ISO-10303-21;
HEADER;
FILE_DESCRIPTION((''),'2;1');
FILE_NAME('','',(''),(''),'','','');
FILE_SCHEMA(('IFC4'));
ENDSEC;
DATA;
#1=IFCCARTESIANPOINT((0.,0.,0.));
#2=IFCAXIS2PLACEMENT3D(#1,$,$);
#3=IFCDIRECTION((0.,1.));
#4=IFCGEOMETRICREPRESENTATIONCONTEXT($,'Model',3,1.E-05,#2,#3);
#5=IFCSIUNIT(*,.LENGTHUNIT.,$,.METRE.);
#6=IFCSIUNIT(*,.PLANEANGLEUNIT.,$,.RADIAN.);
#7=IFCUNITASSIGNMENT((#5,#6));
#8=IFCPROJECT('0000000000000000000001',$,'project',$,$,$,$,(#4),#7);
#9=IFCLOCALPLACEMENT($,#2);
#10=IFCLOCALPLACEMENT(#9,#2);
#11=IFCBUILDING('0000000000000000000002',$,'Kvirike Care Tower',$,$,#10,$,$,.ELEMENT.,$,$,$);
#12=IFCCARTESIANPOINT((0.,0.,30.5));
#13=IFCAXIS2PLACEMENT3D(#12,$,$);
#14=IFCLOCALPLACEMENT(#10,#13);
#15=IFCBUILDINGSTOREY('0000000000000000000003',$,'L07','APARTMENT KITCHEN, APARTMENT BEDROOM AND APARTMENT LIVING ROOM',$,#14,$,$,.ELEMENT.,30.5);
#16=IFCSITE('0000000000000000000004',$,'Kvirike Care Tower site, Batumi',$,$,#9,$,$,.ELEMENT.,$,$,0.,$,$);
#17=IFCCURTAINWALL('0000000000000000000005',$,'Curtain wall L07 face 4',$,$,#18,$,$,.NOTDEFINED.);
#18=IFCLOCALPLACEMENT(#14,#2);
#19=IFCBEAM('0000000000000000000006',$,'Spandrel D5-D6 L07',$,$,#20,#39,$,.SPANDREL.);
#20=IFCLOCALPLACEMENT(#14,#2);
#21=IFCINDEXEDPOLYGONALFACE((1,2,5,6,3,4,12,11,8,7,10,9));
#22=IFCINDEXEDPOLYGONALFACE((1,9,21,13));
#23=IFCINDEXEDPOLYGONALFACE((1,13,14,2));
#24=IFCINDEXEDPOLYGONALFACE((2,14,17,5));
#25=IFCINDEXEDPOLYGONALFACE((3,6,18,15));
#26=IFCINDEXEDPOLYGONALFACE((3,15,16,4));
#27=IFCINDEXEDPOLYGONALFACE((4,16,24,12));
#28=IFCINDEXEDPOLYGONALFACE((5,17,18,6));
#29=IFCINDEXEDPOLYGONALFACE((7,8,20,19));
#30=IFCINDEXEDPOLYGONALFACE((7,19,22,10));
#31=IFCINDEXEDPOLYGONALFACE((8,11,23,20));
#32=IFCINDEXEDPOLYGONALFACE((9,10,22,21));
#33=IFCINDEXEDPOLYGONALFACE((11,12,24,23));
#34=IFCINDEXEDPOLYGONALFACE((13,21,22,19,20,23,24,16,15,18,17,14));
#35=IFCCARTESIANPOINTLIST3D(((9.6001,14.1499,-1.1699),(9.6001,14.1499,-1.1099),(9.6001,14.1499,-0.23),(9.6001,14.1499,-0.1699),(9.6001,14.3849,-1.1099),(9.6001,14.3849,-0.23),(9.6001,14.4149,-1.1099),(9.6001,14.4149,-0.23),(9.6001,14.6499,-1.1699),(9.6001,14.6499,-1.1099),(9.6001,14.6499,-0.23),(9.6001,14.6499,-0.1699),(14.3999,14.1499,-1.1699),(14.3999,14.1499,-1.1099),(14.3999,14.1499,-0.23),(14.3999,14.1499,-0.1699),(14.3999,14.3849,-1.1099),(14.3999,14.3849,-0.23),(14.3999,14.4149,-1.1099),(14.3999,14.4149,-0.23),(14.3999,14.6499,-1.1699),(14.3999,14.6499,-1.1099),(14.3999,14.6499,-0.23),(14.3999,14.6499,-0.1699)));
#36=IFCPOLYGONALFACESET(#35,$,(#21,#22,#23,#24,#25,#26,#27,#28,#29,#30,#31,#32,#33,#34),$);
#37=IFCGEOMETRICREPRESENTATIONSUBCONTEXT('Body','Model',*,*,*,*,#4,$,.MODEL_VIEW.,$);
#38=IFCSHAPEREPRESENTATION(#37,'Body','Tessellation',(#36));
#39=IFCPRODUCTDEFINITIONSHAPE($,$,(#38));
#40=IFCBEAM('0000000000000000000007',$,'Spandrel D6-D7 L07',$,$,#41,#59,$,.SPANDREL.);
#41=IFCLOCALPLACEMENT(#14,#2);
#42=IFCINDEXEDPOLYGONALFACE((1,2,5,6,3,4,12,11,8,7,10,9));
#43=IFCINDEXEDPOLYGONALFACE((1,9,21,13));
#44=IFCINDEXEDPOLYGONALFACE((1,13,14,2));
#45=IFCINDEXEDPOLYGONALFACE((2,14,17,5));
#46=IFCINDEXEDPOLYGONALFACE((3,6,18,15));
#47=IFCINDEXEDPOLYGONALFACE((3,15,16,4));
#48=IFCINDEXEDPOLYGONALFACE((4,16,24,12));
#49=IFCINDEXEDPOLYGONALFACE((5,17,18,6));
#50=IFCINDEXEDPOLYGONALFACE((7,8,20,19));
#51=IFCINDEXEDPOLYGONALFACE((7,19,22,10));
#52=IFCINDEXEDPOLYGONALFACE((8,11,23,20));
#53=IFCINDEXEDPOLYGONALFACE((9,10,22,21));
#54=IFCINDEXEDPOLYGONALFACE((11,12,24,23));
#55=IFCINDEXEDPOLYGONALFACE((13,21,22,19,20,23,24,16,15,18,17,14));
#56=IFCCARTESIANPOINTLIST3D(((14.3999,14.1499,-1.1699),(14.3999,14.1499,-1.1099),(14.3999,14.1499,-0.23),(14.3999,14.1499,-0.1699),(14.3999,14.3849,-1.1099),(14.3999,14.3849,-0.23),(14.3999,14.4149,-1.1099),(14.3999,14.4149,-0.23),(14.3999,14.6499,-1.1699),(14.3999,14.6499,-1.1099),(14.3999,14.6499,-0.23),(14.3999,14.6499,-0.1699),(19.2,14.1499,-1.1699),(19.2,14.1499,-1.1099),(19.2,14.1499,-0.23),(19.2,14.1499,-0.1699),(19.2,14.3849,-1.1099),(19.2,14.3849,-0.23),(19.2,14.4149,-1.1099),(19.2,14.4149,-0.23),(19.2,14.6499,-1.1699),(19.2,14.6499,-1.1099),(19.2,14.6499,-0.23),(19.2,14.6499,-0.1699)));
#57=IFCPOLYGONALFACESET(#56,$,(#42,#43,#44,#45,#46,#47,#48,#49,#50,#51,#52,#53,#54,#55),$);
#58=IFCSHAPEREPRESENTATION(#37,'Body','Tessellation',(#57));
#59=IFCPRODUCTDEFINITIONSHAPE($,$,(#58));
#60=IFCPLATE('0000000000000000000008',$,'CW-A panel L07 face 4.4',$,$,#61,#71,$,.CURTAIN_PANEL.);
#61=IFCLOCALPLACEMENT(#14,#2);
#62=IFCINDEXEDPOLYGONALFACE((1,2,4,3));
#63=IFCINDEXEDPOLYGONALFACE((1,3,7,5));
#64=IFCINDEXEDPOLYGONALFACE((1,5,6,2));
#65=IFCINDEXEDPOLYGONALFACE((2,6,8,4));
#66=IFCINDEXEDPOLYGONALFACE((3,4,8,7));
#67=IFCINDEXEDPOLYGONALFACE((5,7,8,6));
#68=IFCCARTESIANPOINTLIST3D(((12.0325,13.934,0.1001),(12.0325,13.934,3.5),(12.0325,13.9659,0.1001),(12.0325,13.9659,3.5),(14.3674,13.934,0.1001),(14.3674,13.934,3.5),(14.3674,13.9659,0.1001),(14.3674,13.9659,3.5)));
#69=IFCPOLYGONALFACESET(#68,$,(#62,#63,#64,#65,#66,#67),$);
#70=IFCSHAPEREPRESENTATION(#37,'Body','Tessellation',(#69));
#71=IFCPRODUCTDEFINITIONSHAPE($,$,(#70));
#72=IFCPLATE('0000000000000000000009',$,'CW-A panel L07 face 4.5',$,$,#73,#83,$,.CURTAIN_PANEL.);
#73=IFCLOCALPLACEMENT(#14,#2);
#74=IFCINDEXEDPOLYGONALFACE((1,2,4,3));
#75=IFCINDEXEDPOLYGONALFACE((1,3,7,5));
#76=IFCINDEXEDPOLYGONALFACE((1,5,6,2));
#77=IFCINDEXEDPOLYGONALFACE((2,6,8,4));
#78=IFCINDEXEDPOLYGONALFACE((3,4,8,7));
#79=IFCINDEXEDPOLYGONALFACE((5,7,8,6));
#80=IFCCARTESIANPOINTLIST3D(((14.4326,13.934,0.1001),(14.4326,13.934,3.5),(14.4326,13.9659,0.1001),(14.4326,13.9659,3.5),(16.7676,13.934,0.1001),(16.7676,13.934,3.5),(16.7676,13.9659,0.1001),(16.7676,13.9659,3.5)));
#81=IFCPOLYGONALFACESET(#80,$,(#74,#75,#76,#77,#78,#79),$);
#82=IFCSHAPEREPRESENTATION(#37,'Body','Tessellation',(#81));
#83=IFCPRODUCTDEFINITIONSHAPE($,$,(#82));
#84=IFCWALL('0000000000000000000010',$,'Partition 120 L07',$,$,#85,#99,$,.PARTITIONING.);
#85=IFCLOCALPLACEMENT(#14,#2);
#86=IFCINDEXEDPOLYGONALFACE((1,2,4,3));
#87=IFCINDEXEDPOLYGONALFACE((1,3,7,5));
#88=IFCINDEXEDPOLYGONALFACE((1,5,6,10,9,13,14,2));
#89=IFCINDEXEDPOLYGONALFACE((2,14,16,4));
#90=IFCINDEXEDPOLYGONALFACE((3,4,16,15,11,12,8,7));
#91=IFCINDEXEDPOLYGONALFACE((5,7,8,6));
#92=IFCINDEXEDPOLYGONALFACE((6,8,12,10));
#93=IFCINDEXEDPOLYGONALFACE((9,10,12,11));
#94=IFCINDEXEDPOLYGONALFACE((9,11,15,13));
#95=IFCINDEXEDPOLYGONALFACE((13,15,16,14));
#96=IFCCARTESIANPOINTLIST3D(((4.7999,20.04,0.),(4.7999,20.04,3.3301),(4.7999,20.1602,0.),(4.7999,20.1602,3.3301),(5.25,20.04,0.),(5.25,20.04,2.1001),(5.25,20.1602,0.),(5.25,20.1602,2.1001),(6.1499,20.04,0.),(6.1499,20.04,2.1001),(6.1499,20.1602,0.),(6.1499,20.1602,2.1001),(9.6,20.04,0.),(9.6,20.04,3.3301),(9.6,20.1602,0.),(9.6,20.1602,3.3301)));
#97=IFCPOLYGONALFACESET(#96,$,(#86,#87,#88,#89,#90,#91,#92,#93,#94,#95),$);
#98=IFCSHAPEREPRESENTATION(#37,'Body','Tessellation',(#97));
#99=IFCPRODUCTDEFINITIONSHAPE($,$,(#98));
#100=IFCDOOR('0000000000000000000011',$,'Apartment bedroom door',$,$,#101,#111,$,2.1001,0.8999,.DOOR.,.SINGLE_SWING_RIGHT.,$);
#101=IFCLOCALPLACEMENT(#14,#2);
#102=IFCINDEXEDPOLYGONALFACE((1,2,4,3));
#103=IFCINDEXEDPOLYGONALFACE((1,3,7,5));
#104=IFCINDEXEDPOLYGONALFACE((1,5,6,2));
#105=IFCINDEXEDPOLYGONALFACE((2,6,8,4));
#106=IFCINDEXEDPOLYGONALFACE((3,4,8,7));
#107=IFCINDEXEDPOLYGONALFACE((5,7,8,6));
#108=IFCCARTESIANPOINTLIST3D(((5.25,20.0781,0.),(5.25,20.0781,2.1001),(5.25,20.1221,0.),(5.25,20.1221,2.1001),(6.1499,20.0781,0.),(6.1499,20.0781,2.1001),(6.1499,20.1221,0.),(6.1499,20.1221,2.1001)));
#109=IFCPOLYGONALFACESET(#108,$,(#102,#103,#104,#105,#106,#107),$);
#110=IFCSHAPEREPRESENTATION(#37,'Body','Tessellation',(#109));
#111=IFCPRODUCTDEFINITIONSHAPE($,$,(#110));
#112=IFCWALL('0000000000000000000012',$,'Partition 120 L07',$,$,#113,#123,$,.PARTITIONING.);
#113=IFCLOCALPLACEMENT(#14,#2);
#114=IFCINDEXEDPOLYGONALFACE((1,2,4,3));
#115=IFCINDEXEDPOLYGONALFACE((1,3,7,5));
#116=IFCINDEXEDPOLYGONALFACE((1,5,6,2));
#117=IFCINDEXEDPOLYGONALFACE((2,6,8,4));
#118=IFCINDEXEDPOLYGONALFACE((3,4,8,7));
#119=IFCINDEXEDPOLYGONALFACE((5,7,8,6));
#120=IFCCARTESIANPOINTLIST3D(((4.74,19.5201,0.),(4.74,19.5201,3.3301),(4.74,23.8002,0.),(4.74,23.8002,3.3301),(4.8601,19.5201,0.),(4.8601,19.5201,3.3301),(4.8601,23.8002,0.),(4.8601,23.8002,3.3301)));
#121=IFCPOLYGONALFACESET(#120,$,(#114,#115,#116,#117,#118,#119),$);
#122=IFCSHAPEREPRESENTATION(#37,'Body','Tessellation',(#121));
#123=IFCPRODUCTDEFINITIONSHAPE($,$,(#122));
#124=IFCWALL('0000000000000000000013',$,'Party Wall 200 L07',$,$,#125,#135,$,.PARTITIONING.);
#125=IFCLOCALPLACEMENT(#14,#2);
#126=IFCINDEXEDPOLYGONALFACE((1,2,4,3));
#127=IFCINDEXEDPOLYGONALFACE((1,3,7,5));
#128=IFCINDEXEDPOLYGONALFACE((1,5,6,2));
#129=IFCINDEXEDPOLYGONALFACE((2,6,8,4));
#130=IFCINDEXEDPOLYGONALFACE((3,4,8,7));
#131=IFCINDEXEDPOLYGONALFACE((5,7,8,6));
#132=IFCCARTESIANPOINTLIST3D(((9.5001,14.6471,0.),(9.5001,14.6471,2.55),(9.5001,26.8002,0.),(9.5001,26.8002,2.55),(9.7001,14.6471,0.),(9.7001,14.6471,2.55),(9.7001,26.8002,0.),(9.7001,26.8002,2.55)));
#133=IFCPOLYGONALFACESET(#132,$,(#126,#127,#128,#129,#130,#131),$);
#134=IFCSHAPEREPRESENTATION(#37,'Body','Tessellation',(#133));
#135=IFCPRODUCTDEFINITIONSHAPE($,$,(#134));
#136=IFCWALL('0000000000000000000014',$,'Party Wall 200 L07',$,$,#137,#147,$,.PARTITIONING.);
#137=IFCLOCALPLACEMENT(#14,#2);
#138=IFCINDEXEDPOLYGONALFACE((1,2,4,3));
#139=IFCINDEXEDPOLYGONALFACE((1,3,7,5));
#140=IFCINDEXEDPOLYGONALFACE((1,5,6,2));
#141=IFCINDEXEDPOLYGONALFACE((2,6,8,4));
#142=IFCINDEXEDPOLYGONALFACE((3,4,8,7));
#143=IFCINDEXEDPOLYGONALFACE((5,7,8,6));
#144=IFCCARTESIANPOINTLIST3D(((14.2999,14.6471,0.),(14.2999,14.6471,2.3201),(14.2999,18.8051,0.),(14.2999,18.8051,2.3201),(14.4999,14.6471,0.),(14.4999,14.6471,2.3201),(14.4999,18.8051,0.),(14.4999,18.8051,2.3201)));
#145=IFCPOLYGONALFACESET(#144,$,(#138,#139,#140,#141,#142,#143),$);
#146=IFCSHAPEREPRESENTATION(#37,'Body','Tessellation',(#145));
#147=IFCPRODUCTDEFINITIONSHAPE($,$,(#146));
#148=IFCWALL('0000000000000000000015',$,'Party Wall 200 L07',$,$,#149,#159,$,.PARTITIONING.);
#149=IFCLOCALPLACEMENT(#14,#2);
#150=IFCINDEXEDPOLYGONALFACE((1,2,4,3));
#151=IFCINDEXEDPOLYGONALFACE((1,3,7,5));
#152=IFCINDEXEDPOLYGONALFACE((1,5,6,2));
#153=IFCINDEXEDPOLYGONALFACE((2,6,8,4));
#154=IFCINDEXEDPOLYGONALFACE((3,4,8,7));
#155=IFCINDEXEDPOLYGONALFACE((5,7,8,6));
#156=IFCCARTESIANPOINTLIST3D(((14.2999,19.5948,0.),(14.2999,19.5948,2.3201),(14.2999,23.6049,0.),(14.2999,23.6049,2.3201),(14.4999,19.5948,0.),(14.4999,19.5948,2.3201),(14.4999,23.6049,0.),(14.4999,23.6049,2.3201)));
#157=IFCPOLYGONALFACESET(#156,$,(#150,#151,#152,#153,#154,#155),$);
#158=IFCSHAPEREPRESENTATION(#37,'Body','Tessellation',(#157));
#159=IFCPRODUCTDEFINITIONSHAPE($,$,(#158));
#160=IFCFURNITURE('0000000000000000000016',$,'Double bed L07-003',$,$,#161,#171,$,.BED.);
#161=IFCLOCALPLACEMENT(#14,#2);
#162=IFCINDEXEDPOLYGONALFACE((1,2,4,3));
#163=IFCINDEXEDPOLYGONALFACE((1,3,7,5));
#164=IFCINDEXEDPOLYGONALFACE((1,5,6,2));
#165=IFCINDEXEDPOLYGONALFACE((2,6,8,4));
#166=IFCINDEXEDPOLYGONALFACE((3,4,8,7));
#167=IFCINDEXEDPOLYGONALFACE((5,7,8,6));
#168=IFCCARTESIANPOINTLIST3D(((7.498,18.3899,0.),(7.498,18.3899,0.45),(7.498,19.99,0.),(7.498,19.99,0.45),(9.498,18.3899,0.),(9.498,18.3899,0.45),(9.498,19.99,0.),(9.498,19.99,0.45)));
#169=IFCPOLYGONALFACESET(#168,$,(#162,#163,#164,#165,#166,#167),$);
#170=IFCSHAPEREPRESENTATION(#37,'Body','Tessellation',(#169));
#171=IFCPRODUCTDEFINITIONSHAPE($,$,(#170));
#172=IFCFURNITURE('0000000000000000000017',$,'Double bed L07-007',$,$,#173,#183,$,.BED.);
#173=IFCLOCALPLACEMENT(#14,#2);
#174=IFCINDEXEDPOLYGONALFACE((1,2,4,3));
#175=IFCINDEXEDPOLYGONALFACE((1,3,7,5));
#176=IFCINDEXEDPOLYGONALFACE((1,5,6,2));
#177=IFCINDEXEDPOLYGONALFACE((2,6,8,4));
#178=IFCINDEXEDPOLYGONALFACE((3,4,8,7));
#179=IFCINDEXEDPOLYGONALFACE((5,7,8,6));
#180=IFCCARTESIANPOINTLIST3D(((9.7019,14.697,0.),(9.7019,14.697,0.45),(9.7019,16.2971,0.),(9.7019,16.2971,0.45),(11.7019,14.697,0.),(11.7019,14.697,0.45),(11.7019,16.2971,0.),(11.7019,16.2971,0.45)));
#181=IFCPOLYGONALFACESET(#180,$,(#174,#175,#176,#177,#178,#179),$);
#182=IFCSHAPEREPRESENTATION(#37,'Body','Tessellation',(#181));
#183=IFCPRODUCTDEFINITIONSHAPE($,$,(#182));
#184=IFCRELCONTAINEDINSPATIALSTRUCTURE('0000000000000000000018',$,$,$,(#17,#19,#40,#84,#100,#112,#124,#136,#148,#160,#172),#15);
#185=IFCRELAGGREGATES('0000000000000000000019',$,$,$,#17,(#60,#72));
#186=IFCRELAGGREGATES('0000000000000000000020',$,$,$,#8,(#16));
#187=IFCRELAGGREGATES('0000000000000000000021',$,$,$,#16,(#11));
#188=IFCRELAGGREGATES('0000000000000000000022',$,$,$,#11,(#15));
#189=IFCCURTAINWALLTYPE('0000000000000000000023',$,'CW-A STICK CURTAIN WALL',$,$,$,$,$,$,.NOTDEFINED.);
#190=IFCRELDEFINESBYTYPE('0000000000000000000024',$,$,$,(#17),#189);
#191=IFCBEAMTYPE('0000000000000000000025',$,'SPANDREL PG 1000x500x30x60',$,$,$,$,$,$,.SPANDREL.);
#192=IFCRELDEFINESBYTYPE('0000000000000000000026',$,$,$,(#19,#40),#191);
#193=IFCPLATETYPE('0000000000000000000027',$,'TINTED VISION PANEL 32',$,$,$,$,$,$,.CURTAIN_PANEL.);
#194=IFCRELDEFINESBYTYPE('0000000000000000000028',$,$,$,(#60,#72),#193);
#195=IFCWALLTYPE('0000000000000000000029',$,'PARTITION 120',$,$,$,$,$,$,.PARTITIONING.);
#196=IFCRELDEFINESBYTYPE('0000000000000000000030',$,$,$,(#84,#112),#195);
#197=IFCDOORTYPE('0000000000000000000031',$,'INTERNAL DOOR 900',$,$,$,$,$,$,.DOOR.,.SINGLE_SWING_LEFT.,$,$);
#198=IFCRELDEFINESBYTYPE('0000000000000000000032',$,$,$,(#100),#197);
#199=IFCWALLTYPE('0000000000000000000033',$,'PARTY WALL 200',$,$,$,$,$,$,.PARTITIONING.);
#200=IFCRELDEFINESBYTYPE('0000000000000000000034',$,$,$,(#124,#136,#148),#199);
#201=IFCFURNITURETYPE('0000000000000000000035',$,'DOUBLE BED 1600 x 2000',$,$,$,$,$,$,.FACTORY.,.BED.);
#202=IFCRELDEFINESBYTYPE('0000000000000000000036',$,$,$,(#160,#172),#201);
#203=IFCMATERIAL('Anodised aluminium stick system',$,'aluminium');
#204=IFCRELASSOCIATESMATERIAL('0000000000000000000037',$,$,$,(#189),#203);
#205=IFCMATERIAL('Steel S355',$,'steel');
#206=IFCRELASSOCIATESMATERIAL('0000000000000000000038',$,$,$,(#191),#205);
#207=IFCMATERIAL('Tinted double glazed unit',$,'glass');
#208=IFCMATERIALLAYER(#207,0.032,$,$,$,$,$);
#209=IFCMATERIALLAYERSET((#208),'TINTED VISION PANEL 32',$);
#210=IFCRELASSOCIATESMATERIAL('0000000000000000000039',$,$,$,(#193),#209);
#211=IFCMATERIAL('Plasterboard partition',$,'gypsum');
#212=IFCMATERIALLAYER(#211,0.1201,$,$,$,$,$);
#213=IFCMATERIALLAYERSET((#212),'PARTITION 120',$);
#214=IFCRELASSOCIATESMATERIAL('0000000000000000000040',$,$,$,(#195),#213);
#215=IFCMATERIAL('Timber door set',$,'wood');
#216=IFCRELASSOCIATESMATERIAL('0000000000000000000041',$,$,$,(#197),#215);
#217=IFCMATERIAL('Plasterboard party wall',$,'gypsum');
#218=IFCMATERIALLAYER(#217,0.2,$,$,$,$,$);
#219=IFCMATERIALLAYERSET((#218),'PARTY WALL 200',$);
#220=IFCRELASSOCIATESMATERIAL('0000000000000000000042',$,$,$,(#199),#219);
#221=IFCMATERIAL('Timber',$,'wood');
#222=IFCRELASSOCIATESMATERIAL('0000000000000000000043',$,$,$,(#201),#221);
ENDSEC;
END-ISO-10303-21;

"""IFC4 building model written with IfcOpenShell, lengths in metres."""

from ifc_helpers import new_model, si_unit, direction, frame, frame_2d, origin, origin_2d, place, context, subcontext, project, spatial, rectangle, i_section, extrude, material, layer, layer_set, material_profile, profile_set, type_object, element, fill, aggregate, save


model = new_model("IFC4")

# Units and contexts
model_context = context("Model", 3, precision=1e-05, world=origin(), true_north=direction((0.0, 1.0)))
body_context = subcontext(model_context, "Body", "Model", "MODEL_VIEW")
ifc_project = project(units=[si_unit("LENGTHUNIT", "METRE"), si_unit("PLANEANGLEUNIT", "RADIAN")], contexts=[model_context])

# Site, building, storey
site_placement = place(None, origin())
site = spatial("IfcSite", under=ifc_project, at=site_placement, Name="Kvirike Care Tower site, Batumi", CompositionType="ELEMENT", RefElevation=0.0)
building_placement = place(site_placement, origin())
building = spatial("IfcBuilding", under=site, at=building_placement, Name="Kvirike Care Tower", CompositionType="ELEMENT")
storey_placement = place(building_placement, frame((0.0, 0.0, 30.5)))
storey = spatial("IfcBuildingStorey", under=building, at=storey_placement, Name="L07", Description="APARTMENT KITCHEN, APARTMENT BEDROOM AND APARTMENT LIVING ROOM", CompositionType="ELEMENT", Elevation=30.5)

# Curtain wall
ifc_material_1 = material(Name="Anodised aluminium stick system", Category="aluminium")
curtain_wall_type = type_object("IfcCurtainWallType", Name="CW-A STICK CURTAIN WALL", PredefinedType="NOTDEFINED", material=ifc_material_1)
curtain_wall_placement = place(storey_placement, origin())
curtain_wall = element("IfcCurtainWall", 1, at=curtain_wall_placement, inside=storey, type_object=curtain_wall_type, Name="Curtain wall L07 face 4", PredefinedType="NOTDEFINED")

# Beams
ifc_material_2 = material(Name="Steel S355", Category="steel")
ifc_material_profile_1 = material_profile(ifc_material_2, i_section(OverallWidth=0.5, OverallDepth=1.0, WebThickness=0.03, FlangeThickness=0.0601, at=origin_2d()), Name="PG 1000x500x30x60")
ifc_profile_set_1 = profile_set([ifc_material_profile_1], Name="Steel S355")
beam_type_1 = type_object("IfcBeamType", Name="SPANDREL PG 1000x500x30x60", PredefinedType="SPANDREL", material=ifc_profile_set_1)
beam_1_placement = place(storey_placement, frame((9.6001, 14.3999, -0.6699), z_axis=(1.0, 0.0, 0.0), x_axis=(0.0, 1.0, 0.0)))
element("IfcBeam", 2, at=beam_1_placement, inside=storey, type_object=beam_type_1, Name="Spandrel D5-D6 L07", PredefinedType="SPANDREL", context=body_context, shape_type="SweptSolid", body=[
    extrude(i_section(OverallWidth=0.5, OverallDepth=1.0, WebThickness=0.03, FlangeThickness=0.0601, at=origin_2d()), origin(), (0.0, 0.0, 1.0), 4.7998),
])
beam_2_placement = place(storey_placement, frame((14.3999, 14.3999, -0.6699), z_axis=(1.0, 0.0, 0.0), x_axis=(0.0, 1.0, 0.0)))
element("IfcBeam", 3, at=beam_2_placement, inside=storey, type_object=beam_type_1, Name="Spandrel D6-D7 L07", PredefinedType="SPANDREL", context=body_context, shape_type="SweptSolid", body=[
    extrude(i_section(OverallWidth=0.5, OverallDepth=1.0, WebThickness=0.03, FlangeThickness=0.0601, at=origin_2d()), origin(), (0.0, 0.0, 1.0), 4.8),
])

# Plates
ifc_material_3 = material(Name="Tinted double glazed unit", Category="glass")
ifc_layer_1 = layer(ifc_material_3, 0.032)
ifc_layer_set_1 = layer_set([ifc_layer_1], Name="TINTED VISION PANEL 32")
plate_type = type_object("IfcPlateType", Name="TINTED VISION PANEL 32", PredefinedType="CURTAIN_PANEL", material=ifc_layer_set_1)
plate_1_placement = place(storey_placement, frame((13.2, 13.95, 0.1001), z_axis=(0.0, 0.0, 1.0), x_axis=(1.0, 0.0, 0.0)))
plate_1 = element("IfcPlate", 4, at=plate_1_placement, type_object=plate_type, Name="CW-A panel L07 face 4.4", PredefinedType="CURTAIN_PANEL", context=body_context, shape_type="SweptSolid", body=[
    extrude(rectangle(XDim=2.335, YDim=0.032, at=origin_2d()), origin(), (0.0, 0.0, 1.0), 3.3999),
])
plate_2_placement = place(storey_placement, frame((15.6001, 13.95, 0.1001), z_axis=(0.0, 0.0, 1.0), x_axis=(1.0, 0.0, 0.0)))
plate_2 = element("IfcPlate", 5, at=plate_2_placement, type_object=plate_type, Name="CW-A panel L07 face 4.5", PredefinedType="CURTAIN_PANEL", context=body_context, shape_type="SweptSolid", body=[
    extrude(rectangle(XDim=2.335, YDim=0.032, at=origin_2d()), origin(), (0.0, 0.0, 1.0), 3.3999),
])
aggregate(curtain_wall, [plate_1, plate_2])

# Wall, opening, door
ifc_material_4 = material(Name="Plasterboard partition", Category="gypsum")
ifc_layer_2 = layer(ifc_material_4, 0.1201)
ifc_layer_set_2 = layer_set([ifc_layer_2], Name="PARTITION 120")
wall_type_1 = type_object("IfcWallType", Name="PARTITION 120", PredefinedType="PARTITIONING", material=ifc_layer_set_2)
wall_1_placement = place(storey_placement, frame((4.8, 20.1001, 0.0), z_axis=(0.0, 0.0, 1.0), x_axis=(1.0, 0.0, 0.0)))
wall_1 = element("IfcWall", 6, at=wall_1_placement, inside=storey, type_object=wall_type_1, Name="Partition 120 L07", PredefinedType="PARTITIONING", context=body_context, shape_type="SweptSolid", body=[
    extrude(rectangle(XDim=4.8, YDim=0.1201, at=frame_2d((2.3999, 0.0))), origin(), (0.0, 0.0, 1.0), 3.3301),
])
opening_placement = place(wall_1_placement, frame((0.45, 0.0, 0.0)))
opening = element("IfcOpeningElement", 7, at=opening_placement, cuts=wall_1, PredefinedType="OPENING", context=body_context, shape_type="SweptSolid", body=[
    extrude(rectangle(XDim=0.8999, YDim=2.1001, at=frame_2d((0.45, 1.05))), frame((0.0, 0.0706, 0.0), z_axis=(0.0, -1.0, 0.0), x_axis=(1.0, 0.0, 0.0)), (0.0, 0.0, 1.0), 0.1411),
])
ifc_material_5 = material(Name="Timber door set", Category="wood")
door_type = type_object("IfcDoorType", Name="INTERNAL DOOR 900", OperationType="SINGLE_SWING_LEFT", PredefinedType="DOOR", material=ifc_material_5)
door_placement = place(opening_placement, origin())
door = element("IfcDoor", 8, at=door_placement, inside=storey, type_object=door_type, Name="Apartment bedroom door", OperationType="SINGLE_SWING_RIGHT", OverallHeight=2.1001, OverallWidth=0.8999, PredefinedType="DOOR", context=body_context, shape_type="SweptSolid", body=[
    extrude(rectangle(XDim=0.8999, YDim=2.1001, at=frame_2d((0.45, 1.05))), frame((0.0, 0.022, 0.0), z_axis=(0.0, -1.0, 0.0), x_axis=(1.0, 0.0, 0.0)), (0.0, 0.0, 1.0), 0.0439),
])
fill(opening, door)

# Walls
wall_2_placement = place(storey_placement, frame((4.8, 19.52, 0.0), z_axis=(0.0, 0.0, 1.0), x_axis=(0.0, 1.0, 0.0)))
element("IfcWall", 9, at=wall_2_placement, inside=storey, type_object=wall_type_1, Name="Partition 120 L07", PredefinedType="PARTITIONING", context=body_context, shape_type="SweptSolid", body=[
    extrude(rectangle(XDim=4.28, YDim=0.1201, at=frame_2d((2.1401, 0.0))), origin(), (0.0, 0.0, 1.0), 3.3301),
])
ifc_material_6 = material(Name="Plasterboard party wall", Category="gypsum")
ifc_layer_3 = layer(ifc_material_6, 0.2)
ifc_layer_set_3 = layer_set([ifc_layer_3], Name="PARTY WALL 200")
wall_type_2 = type_object("IfcWallType", Name="PARTY WALL 200", PredefinedType="PARTITIONING", material=ifc_layer_set_3)
wall_3_placement = place(storey_placement, frame((9.6001, 14.647, 0.0), z_axis=(0.0, 0.0, 1.0), x_axis=(0.0, 1.0, 0.0)))
element("IfcWall", 10, at=wall_3_placement, inside=storey, type_object=wall_type_2, Name="Party Wall 200 L07", PredefinedType="PARTITIONING", context=body_context, shape_type="SweptSolid", body=[
    extrude(rectangle(XDim=12.1531, YDim=0.2, at=frame_2d((6.0767, 0.0))), origin(), (0.0, 0.0, 1.0), 2.55),
])
wall_4_placement = place(storey_placement, frame((14.3999, 14.647, 0.0), z_axis=(0.0, 0.0, 1.0), x_axis=(0.0, 1.0, 0.0)))
element("IfcWall", 11, at=wall_4_placement, inside=storey, type_object=wall_type_2, Name="Party Wall 200 L07", PredefinedType="PARTITIONING", context=body_context, shape_type="SweptSolid", body=[
    extrude(rectangle(XDim=4.158, YDim=0.2, at=frame_2d((2.0791, 0.0))), origin(), (0.0, 0.0, 1.0), 2.3201),
])
wall_5_placement = place(storey_placement, frame((14.3999, 19.595, 0.0), z_axis=(0.0, 0.0, 1.0), x_axis=(0.0, 1.0, 0.0)))
element("IfcWall", 12, at=wall_5_placement, inside=storey, type_object=wall_type_2, Name="Party Wall 200 L07", PredefinedType="PARTITIONING", context=body_context, shape_type="SweptSolid", body=[
    extrude(rectangle(XDim=4.01, YDim=0.2, at=frame_2d((2.0049, 0.0))), origin(), (0.0, 0.0, 1.0), 2.3201),
])

# Furniture
ifc_material_7 = material(Name="Timber", Category="wood")
furniture_type = type_object("IfcFurnitureType", Name="DOUBLE BED 1600 x 2000", AssemblyPlace="FACTORY", PredefinedType="BED", material=ifc_material_7)
for number, where, z_axis, x_axis, name in (
    (13, (8.498, 19.1899, 0.0), (0.0, 0.0, 1.0), (0.0, -1.0, 0.0), "Double bed L07-003"),
    (14, (10.7019, 15.4971, 0.0), (0.0, 0.0, 1.0), (0.0, 1.0, 0.0), "Double bed L07-007"),
):
    element("IfcFurniture", number, at=place(storey_placement, frame(where, z_axis=z_axis, x_axis=x_axis)), inside=storey, type_object=furniture_type, Name=name, PredefinedType="BED", context=body_context, shape_type="SweptSolid", body=[
        extrude(rectangle(XDim=1.6001, YDim=2.0, at=origin_2d()), origin(), (0.0, 0.0, 1.0), 0.45),
    ])

save(model, "model.ifc")
